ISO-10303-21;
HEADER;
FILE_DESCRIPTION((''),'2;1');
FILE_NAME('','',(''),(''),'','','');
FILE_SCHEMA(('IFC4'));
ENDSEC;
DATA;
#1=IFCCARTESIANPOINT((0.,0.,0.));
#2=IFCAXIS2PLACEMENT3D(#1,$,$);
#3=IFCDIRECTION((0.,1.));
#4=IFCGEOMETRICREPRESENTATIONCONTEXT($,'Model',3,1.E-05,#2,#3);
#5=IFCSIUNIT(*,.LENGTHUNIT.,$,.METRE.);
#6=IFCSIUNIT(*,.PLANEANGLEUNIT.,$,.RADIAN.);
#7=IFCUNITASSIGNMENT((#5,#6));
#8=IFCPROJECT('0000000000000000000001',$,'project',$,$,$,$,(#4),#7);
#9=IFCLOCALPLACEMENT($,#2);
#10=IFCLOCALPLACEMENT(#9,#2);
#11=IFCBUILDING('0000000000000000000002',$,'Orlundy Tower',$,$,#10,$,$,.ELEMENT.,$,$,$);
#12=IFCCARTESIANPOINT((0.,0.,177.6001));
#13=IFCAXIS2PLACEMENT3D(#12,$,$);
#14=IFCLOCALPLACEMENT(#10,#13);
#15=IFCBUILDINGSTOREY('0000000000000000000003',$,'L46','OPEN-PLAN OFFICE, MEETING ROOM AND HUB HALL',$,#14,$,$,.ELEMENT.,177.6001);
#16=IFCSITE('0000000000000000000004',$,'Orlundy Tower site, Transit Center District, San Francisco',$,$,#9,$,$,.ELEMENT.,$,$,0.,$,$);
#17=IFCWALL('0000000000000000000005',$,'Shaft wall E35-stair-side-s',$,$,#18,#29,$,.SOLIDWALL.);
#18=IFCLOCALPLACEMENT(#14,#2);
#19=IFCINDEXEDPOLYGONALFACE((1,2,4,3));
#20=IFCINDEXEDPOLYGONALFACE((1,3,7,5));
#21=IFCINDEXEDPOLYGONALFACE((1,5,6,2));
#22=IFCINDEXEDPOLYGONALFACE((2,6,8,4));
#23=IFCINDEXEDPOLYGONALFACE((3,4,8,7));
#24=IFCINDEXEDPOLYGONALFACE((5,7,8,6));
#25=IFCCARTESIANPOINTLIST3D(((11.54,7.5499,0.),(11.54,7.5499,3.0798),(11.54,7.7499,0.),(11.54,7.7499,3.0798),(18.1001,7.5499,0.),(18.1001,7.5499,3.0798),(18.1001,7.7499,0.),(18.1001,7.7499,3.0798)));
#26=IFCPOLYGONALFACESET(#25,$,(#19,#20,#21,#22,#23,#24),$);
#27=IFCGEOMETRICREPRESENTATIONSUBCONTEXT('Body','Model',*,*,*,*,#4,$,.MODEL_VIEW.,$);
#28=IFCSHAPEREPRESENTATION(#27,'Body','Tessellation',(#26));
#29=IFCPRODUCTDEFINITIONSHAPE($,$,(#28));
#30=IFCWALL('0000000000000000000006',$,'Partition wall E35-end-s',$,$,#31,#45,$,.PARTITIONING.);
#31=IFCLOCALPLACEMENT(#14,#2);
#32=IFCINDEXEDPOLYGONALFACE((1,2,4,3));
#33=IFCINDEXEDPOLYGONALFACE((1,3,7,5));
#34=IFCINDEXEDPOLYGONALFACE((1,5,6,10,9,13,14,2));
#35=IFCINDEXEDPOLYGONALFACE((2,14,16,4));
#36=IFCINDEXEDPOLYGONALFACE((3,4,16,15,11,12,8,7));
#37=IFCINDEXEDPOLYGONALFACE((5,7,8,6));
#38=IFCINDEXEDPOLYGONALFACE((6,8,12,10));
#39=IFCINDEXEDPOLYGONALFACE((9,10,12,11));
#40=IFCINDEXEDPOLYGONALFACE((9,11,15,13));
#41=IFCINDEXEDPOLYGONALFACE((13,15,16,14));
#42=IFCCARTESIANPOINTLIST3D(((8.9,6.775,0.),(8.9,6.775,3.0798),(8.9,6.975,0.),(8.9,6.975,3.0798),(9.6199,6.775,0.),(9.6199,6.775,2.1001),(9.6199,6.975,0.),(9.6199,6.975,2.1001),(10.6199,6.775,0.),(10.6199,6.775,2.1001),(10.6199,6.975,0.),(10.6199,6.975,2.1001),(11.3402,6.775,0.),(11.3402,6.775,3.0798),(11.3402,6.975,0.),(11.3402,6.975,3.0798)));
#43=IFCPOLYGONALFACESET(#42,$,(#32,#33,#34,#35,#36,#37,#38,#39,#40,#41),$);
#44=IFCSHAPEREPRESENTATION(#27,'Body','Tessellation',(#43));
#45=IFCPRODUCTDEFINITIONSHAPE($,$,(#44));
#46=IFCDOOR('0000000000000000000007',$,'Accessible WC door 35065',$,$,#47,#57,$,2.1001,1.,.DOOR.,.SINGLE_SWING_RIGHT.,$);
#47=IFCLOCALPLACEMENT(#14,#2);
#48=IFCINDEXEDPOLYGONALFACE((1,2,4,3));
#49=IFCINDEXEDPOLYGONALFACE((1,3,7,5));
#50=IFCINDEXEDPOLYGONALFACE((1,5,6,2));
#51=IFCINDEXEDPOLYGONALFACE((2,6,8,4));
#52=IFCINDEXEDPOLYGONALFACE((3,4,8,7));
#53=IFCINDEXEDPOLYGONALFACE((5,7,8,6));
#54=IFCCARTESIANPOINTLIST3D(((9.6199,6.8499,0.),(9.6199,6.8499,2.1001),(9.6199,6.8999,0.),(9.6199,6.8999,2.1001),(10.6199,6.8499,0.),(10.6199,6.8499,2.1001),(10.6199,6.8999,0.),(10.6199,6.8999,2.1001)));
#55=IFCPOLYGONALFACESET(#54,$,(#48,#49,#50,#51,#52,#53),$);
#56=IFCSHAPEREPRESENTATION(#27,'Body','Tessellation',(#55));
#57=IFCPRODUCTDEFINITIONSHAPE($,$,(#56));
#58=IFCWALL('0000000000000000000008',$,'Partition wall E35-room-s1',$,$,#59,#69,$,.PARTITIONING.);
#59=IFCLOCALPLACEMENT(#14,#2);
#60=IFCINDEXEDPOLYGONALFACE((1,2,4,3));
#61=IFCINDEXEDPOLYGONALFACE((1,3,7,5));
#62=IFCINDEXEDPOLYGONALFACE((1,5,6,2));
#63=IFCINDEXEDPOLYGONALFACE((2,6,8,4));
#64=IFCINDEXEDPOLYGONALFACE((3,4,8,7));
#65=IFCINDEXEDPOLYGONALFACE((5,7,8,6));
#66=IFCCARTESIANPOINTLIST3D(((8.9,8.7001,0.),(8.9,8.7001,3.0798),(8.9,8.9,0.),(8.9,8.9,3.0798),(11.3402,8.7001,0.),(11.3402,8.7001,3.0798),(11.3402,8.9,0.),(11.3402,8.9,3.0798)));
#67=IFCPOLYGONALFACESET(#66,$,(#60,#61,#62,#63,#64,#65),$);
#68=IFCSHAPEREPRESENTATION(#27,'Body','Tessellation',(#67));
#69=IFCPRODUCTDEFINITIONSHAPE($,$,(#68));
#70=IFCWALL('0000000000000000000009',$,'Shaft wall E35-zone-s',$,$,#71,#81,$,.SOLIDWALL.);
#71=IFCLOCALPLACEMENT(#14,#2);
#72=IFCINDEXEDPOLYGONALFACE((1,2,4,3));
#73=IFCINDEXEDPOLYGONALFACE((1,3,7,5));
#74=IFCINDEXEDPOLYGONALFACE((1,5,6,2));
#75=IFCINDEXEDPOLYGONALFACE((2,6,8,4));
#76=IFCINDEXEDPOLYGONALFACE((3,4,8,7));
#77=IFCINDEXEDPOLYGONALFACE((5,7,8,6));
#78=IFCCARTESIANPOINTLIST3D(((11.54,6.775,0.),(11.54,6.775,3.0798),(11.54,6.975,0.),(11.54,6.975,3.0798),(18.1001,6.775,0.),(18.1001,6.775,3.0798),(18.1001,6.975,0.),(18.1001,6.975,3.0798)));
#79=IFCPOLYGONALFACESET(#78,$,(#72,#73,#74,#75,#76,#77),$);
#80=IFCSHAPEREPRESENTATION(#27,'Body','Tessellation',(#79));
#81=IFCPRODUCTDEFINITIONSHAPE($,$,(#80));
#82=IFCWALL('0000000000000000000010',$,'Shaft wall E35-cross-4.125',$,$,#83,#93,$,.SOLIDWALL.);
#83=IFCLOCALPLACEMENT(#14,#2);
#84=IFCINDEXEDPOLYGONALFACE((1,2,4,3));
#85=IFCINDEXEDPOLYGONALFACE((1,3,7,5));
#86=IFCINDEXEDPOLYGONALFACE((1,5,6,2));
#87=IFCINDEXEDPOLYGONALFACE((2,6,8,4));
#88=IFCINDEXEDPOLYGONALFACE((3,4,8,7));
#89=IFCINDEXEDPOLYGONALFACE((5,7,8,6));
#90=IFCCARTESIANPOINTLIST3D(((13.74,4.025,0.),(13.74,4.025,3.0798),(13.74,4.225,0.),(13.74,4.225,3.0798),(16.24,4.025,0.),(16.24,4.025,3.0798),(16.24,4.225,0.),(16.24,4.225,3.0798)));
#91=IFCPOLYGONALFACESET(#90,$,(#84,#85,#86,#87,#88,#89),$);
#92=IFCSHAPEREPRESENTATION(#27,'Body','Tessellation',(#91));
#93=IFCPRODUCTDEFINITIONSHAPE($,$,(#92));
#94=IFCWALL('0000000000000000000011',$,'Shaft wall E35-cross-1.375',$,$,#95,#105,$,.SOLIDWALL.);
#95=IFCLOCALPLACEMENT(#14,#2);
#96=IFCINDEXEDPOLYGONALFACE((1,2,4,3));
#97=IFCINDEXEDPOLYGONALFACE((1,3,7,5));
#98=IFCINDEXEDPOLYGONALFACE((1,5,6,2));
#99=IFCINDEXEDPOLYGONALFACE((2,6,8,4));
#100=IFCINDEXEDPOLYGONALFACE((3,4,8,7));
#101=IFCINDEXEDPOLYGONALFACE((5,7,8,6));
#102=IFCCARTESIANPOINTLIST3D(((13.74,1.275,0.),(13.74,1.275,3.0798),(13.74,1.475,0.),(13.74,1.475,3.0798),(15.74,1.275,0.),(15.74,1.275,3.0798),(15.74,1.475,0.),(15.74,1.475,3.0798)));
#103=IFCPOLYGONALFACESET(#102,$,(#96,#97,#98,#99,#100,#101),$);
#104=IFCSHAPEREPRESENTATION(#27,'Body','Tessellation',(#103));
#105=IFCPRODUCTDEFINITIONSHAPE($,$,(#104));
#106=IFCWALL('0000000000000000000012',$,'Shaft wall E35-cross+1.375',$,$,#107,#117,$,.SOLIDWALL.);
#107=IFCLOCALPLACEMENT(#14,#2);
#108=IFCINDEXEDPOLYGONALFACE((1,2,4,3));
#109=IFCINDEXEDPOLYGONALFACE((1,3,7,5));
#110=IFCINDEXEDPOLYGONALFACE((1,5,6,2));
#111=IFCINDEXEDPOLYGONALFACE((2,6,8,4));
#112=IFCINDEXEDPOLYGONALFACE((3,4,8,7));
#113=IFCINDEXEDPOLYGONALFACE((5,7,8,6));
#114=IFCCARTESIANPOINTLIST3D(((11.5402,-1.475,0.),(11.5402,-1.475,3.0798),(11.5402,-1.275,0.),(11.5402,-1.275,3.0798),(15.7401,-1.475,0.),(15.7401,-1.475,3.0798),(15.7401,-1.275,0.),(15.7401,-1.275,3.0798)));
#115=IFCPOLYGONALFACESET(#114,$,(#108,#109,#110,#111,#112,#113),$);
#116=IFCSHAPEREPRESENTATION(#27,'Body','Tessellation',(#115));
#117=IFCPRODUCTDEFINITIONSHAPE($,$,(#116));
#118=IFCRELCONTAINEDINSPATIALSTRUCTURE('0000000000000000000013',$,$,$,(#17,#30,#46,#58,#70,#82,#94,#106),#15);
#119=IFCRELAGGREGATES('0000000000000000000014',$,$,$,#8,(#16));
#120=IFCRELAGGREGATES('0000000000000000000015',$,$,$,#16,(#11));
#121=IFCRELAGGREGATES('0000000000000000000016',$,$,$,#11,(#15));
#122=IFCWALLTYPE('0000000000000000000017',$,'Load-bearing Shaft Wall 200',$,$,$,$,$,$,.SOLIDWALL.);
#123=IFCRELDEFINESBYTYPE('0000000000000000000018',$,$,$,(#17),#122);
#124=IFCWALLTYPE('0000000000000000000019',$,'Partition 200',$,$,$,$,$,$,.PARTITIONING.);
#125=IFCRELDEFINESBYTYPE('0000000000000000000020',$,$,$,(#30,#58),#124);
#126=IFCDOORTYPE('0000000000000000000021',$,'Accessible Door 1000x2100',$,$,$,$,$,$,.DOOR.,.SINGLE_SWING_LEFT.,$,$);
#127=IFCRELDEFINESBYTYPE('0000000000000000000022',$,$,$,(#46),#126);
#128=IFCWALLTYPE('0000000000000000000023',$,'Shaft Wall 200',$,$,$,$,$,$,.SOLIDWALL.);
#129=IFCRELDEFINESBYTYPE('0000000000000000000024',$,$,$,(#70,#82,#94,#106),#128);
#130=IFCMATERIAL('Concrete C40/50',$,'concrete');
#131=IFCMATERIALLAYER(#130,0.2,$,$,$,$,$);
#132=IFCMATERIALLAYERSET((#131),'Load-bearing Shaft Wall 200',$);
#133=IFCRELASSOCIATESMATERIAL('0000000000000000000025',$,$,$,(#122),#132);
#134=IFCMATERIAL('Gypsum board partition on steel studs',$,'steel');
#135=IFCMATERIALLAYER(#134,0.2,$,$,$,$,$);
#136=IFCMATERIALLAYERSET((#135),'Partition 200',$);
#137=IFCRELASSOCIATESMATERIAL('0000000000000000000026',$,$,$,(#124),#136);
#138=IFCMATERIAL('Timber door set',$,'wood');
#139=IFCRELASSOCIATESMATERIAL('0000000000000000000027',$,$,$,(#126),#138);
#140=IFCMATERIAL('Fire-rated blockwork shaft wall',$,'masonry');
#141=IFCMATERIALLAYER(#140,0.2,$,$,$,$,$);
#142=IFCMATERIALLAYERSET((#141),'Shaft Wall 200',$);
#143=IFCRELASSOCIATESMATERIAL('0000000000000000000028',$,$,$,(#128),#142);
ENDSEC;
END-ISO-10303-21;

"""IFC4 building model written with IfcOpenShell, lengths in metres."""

from ifc_helpers import new_model, si_unit, direction, frame, frame_2d, origin, place, context, subcontext, project, spatial, rectangle, extrude, material, layer, layer_set, type_object, element, fill, save


model = new_model("IFC4")

# Units and contexts
model_context = context("Model", 3, precision=1e-05, world=origin(), true_north=direction((0.0, 1.0)))
body_context = subcontext(model_context, "Body", "Model", "MODEL_VIEW")
ifc_project = project(units=[si_unit("LENGTHUNIT", "METRE"), si_unit("PLANEANGLEUNIT", "RADIAN")], contexts=[model_context])

# Site, building, storey
site_placement = place(None, origin())
site = spatial("IfcSite", under=ifc_project, at=site_placement, Name="Orlundy Tower site, Transit Center District, San Francisco", CompositionType="ELEMENT", RefElevation=0.0)
building_placement = place(site_placement, origin())
building = spatial("IfcBuilding", under=site, at=building_placement, Name="Orlundy Tower", CompositionType="ELEMENT")
storey_placement = place(building_placement, frame((0.0, 0.0, 177.6001)))
storey = spatial("IfcBuildingStorey", under=building, at=storey_placement, Name="L46", Description="OPEN-PLAN OFFICE, MEETING ROOM AND HUB HALL", CompositionType="ELEMENT", Elevation=177.6001)

# Wall
ifc_material_1 = material(Name="Concrete C40/50", Category="concrete")
ifc_layer_1 = layer(ifc_material_1, 0.2)
ifc_layer_set_1 = layer_set([ifc_layer_1], Name="Load-bearing Shaft Wall 200")
wall_type_1 = type_object("IfcWallType", Name="Load-bearing Shaft Wall 200", PredefinedType="SOLIDWALL", material=ifc_layer_set_1)
wall_1_placement = place(storey_placement, frame((11.54, 7.6499, 0.0), z_axis=(0.0, 0.0, 1.0), x_axis=(1.0, 0.0, 0.0)))
element("IfcWall", 1, at=wall_1_placement, inside=storey, type_object=wall_type_1, Name="Shaft wall E35-stair-side-s", PredefinedType="SOLIDWALL", context=body_context, shape_type="SweptSolid", body=[
    extrude(rectangle(XDim=6.5601, YDim=0.2, at=frame_2d((3.28, 0.0))), origin(), (0.0, 0.0, 1.0), 3.0798),
])

# Wall, opening, door
ifc_material_2 = material(Name="Gypsum board partition on steel studs", Category="steel")
ifc_layer_2 = layer(ifc_material_2, 0.2)
ifc_layer_set_2 = layer_set([ifc_layer_2], Name="Partition 200")
wall_type_2 = type_object("IfcWallType", Name="Partition 200", PredefinedType="PARTITIONING", material=ifc_layer_set_2)
wall_2_placement = place(storey_placement, frame((8.8999, 6.875, 0.0), z_axis=(0.0, 0.0, 1.0), x_axis=(1.0, 0.0, 0.0)))
wall_2 = element("IfcWall", 2, at=wall_2_placement, inside=storey, type_object=wall_type_2, Name="Partition wall E35-end-s", PredefinedType="PARTITIONING", context=body_context, shape_type="SweptSolid", body=[
    extrude(rectangle(XDim=2.4402, YDim=0.2, at=frame_2d((1.2202, 0.0))), origin(), (0.0, 0.0, 1.0), 3.0798),
])
opening_1_placement = place(wall_2_placement, frame((0.72, 0.0, 0.0)))
opening_1 = element("IfcOpeningElement", 3, at=opening_1_placement, cuts=wall_2, PredefinedType="OPENING", context=body_context, shape_type="SweptSolid", body=[
    extrude(rectangle(XDim=1.0, YDim=2.1001, at=frame_2d((0.5, 1.05))), frame((0.0, 0.1101, 0.0), z_axis=(0.0, -1.0, 0.0), x_axis=(1.0, 0.0, 0.0)), (0.0, 0.0, 1.0), 0.2202),
])
ifc_material_3 = material(Name="Timber door set", Category="wood")
door_type_1 = type_object("IfcDoorType", Name="Accessible Door 1000x2100", OperationType="SINGLE_SWING_LEFT", PredefinedType="DOOR", material=ifc_material_3)
door_1_placement = place(opening_1_placement, origin())
door_1 = element("IfcDoor", 4, at=door_1_placement, inside=storey, type_object=door_type_1, Name="Accessible WC door 35065", OperationType="SINGLE_SWING_RIGHT", OverallHeight=2.1001, OverallWidth=1.0, PredefinedType="DOOR", context=body_context, shape_type="SweptSolid", body=[
    extrude(rectangle(XDim=1.0, YDim=2.1001, at=frame_2d((0.5, 1.05))), frame((0.0, 0.0249, 0.0), z_axis=(0.0, -1.0, 0.0), x_axis=(1.0, 0.0, 0.0)), (0.0, 0.0, 1.0), 0.05),
])
fill(opening_1, door_1)

# Walls
wall_3_placement = place(storey_placement, frame((8.8999, 8.8, 0.0), z_axis=(0.0, 0.0, 1.0), x_axis=(1.0, 0.0, 0.0)))
element("IfcWall", 5, at=wall_3_placement, inside=storey, type_object=wall_type_2, Name="Partition wall E35-room-s1", PredefinedType="PARTITIONING", context=body_context, shape_type="SweptSolid", body=[
    extrude(rectangle(XDim=2.4402, YDim=0.2, at=frame_2d((1.2202, 0.0))), origin(), (0.0, 0.0, 1.0), 3.0798),
])
ifc_material_4 = material(Name="Fire-rated blockwork shaft wall", Category="masonry")
ifc_layer_3 = layer(ifc_material_4, 0.2)
ifc_layer_set_3 = layer_set([ifc_layer_3], Name="Shaft Wall 200")
wall_type_3 = type_object("IfcWallType", Name="Shaft Wall 200", PredefinedType="SOLIDWALL", material=ifc_layer_set_3)
wall_4_placement = place(storey_placement, frame((11.54, 6.875, 0.0), z_axis=(0.0, 0.0, 1.0), x_axis=(1.0, 0.0, 0.0)))
element("IfcWall", 6, at=wall_4_placement, inside=storey, type_object=wall_type_3, Name="Shaft wall E35-zone-s", PredefinedType="SOLIDWALL", context=body_context, shape_type="SweptSolid", body=[
    extrude(rectangle(XDim=6.5601, YDim=0.2, at=frame_2d((3.28, 0.0))), origin(), (0.0, 0.0, 1.0), 3.0798),
])
wall_5_placement = place(storey_placement, frame((13.74, 4.125, 0.0), z_axis=(0.0, 0.0, 1.0), x_axis=(1.0, 0.0, 0.0)))
element("IfcWall", 7, at=wall_5_placement, inside=storey, type_object=wall_type_3, Name="Shaft wall E35-cross-4.125", PredefinedType="SOLIDWALL", context=body_context, shape_type="SweptSolid", body=[
    extrude(rectangle(XDim=2.5, YDim=0.2, at=frame_2d((1.25, 0.0))), origin(), (0.0, 0.0, 1.0), 3.0798),
])
wall_6_placement = place(storey_placement, frame((13.74, 1.375, 0.0), z_axis=(0.0, 0.0, 1.0), x_axis=(1.0, 0.0, 0.0)))
element("IfcWall", 8, at=wall_6_placement, inside=storey, type_object=wall_type_3, Name="Shaft wall E35-cross-1.375", PredefinedType="SOLIDWALL", context=body_context, shape_type="SweptSolid", body=[
    extrude(rectangle(XDim=2.0, YDim=0.2, at=frame_2d((1.0, 0.0))), origin(), (0.0, 0.0, 1.0), 3.0798),
])
wall_7_placement = place(storey_placement, frame((11.54, -1.375, 0.0), z_axis=(0.0, 0.0, 1.0), x_axis=(1.0, 0.0, 0.0)))
element("IfcWall", 9, at=wall_7_placement, inside=storey, type_object=wall_type_3, Name="Shaft wall E35-cross+1.375", PredefinedType="SOLIDWALL", context=body_context, shape_type="SweptSolid", body=[
    extrude(rectangle(XDim=4.2, YDim=0.2, at=frame_2d((2.1001, 0.0))), origin(), (0.0, 0.0, 1.0), 3.0798),
])

save(model, "model.ifc")
